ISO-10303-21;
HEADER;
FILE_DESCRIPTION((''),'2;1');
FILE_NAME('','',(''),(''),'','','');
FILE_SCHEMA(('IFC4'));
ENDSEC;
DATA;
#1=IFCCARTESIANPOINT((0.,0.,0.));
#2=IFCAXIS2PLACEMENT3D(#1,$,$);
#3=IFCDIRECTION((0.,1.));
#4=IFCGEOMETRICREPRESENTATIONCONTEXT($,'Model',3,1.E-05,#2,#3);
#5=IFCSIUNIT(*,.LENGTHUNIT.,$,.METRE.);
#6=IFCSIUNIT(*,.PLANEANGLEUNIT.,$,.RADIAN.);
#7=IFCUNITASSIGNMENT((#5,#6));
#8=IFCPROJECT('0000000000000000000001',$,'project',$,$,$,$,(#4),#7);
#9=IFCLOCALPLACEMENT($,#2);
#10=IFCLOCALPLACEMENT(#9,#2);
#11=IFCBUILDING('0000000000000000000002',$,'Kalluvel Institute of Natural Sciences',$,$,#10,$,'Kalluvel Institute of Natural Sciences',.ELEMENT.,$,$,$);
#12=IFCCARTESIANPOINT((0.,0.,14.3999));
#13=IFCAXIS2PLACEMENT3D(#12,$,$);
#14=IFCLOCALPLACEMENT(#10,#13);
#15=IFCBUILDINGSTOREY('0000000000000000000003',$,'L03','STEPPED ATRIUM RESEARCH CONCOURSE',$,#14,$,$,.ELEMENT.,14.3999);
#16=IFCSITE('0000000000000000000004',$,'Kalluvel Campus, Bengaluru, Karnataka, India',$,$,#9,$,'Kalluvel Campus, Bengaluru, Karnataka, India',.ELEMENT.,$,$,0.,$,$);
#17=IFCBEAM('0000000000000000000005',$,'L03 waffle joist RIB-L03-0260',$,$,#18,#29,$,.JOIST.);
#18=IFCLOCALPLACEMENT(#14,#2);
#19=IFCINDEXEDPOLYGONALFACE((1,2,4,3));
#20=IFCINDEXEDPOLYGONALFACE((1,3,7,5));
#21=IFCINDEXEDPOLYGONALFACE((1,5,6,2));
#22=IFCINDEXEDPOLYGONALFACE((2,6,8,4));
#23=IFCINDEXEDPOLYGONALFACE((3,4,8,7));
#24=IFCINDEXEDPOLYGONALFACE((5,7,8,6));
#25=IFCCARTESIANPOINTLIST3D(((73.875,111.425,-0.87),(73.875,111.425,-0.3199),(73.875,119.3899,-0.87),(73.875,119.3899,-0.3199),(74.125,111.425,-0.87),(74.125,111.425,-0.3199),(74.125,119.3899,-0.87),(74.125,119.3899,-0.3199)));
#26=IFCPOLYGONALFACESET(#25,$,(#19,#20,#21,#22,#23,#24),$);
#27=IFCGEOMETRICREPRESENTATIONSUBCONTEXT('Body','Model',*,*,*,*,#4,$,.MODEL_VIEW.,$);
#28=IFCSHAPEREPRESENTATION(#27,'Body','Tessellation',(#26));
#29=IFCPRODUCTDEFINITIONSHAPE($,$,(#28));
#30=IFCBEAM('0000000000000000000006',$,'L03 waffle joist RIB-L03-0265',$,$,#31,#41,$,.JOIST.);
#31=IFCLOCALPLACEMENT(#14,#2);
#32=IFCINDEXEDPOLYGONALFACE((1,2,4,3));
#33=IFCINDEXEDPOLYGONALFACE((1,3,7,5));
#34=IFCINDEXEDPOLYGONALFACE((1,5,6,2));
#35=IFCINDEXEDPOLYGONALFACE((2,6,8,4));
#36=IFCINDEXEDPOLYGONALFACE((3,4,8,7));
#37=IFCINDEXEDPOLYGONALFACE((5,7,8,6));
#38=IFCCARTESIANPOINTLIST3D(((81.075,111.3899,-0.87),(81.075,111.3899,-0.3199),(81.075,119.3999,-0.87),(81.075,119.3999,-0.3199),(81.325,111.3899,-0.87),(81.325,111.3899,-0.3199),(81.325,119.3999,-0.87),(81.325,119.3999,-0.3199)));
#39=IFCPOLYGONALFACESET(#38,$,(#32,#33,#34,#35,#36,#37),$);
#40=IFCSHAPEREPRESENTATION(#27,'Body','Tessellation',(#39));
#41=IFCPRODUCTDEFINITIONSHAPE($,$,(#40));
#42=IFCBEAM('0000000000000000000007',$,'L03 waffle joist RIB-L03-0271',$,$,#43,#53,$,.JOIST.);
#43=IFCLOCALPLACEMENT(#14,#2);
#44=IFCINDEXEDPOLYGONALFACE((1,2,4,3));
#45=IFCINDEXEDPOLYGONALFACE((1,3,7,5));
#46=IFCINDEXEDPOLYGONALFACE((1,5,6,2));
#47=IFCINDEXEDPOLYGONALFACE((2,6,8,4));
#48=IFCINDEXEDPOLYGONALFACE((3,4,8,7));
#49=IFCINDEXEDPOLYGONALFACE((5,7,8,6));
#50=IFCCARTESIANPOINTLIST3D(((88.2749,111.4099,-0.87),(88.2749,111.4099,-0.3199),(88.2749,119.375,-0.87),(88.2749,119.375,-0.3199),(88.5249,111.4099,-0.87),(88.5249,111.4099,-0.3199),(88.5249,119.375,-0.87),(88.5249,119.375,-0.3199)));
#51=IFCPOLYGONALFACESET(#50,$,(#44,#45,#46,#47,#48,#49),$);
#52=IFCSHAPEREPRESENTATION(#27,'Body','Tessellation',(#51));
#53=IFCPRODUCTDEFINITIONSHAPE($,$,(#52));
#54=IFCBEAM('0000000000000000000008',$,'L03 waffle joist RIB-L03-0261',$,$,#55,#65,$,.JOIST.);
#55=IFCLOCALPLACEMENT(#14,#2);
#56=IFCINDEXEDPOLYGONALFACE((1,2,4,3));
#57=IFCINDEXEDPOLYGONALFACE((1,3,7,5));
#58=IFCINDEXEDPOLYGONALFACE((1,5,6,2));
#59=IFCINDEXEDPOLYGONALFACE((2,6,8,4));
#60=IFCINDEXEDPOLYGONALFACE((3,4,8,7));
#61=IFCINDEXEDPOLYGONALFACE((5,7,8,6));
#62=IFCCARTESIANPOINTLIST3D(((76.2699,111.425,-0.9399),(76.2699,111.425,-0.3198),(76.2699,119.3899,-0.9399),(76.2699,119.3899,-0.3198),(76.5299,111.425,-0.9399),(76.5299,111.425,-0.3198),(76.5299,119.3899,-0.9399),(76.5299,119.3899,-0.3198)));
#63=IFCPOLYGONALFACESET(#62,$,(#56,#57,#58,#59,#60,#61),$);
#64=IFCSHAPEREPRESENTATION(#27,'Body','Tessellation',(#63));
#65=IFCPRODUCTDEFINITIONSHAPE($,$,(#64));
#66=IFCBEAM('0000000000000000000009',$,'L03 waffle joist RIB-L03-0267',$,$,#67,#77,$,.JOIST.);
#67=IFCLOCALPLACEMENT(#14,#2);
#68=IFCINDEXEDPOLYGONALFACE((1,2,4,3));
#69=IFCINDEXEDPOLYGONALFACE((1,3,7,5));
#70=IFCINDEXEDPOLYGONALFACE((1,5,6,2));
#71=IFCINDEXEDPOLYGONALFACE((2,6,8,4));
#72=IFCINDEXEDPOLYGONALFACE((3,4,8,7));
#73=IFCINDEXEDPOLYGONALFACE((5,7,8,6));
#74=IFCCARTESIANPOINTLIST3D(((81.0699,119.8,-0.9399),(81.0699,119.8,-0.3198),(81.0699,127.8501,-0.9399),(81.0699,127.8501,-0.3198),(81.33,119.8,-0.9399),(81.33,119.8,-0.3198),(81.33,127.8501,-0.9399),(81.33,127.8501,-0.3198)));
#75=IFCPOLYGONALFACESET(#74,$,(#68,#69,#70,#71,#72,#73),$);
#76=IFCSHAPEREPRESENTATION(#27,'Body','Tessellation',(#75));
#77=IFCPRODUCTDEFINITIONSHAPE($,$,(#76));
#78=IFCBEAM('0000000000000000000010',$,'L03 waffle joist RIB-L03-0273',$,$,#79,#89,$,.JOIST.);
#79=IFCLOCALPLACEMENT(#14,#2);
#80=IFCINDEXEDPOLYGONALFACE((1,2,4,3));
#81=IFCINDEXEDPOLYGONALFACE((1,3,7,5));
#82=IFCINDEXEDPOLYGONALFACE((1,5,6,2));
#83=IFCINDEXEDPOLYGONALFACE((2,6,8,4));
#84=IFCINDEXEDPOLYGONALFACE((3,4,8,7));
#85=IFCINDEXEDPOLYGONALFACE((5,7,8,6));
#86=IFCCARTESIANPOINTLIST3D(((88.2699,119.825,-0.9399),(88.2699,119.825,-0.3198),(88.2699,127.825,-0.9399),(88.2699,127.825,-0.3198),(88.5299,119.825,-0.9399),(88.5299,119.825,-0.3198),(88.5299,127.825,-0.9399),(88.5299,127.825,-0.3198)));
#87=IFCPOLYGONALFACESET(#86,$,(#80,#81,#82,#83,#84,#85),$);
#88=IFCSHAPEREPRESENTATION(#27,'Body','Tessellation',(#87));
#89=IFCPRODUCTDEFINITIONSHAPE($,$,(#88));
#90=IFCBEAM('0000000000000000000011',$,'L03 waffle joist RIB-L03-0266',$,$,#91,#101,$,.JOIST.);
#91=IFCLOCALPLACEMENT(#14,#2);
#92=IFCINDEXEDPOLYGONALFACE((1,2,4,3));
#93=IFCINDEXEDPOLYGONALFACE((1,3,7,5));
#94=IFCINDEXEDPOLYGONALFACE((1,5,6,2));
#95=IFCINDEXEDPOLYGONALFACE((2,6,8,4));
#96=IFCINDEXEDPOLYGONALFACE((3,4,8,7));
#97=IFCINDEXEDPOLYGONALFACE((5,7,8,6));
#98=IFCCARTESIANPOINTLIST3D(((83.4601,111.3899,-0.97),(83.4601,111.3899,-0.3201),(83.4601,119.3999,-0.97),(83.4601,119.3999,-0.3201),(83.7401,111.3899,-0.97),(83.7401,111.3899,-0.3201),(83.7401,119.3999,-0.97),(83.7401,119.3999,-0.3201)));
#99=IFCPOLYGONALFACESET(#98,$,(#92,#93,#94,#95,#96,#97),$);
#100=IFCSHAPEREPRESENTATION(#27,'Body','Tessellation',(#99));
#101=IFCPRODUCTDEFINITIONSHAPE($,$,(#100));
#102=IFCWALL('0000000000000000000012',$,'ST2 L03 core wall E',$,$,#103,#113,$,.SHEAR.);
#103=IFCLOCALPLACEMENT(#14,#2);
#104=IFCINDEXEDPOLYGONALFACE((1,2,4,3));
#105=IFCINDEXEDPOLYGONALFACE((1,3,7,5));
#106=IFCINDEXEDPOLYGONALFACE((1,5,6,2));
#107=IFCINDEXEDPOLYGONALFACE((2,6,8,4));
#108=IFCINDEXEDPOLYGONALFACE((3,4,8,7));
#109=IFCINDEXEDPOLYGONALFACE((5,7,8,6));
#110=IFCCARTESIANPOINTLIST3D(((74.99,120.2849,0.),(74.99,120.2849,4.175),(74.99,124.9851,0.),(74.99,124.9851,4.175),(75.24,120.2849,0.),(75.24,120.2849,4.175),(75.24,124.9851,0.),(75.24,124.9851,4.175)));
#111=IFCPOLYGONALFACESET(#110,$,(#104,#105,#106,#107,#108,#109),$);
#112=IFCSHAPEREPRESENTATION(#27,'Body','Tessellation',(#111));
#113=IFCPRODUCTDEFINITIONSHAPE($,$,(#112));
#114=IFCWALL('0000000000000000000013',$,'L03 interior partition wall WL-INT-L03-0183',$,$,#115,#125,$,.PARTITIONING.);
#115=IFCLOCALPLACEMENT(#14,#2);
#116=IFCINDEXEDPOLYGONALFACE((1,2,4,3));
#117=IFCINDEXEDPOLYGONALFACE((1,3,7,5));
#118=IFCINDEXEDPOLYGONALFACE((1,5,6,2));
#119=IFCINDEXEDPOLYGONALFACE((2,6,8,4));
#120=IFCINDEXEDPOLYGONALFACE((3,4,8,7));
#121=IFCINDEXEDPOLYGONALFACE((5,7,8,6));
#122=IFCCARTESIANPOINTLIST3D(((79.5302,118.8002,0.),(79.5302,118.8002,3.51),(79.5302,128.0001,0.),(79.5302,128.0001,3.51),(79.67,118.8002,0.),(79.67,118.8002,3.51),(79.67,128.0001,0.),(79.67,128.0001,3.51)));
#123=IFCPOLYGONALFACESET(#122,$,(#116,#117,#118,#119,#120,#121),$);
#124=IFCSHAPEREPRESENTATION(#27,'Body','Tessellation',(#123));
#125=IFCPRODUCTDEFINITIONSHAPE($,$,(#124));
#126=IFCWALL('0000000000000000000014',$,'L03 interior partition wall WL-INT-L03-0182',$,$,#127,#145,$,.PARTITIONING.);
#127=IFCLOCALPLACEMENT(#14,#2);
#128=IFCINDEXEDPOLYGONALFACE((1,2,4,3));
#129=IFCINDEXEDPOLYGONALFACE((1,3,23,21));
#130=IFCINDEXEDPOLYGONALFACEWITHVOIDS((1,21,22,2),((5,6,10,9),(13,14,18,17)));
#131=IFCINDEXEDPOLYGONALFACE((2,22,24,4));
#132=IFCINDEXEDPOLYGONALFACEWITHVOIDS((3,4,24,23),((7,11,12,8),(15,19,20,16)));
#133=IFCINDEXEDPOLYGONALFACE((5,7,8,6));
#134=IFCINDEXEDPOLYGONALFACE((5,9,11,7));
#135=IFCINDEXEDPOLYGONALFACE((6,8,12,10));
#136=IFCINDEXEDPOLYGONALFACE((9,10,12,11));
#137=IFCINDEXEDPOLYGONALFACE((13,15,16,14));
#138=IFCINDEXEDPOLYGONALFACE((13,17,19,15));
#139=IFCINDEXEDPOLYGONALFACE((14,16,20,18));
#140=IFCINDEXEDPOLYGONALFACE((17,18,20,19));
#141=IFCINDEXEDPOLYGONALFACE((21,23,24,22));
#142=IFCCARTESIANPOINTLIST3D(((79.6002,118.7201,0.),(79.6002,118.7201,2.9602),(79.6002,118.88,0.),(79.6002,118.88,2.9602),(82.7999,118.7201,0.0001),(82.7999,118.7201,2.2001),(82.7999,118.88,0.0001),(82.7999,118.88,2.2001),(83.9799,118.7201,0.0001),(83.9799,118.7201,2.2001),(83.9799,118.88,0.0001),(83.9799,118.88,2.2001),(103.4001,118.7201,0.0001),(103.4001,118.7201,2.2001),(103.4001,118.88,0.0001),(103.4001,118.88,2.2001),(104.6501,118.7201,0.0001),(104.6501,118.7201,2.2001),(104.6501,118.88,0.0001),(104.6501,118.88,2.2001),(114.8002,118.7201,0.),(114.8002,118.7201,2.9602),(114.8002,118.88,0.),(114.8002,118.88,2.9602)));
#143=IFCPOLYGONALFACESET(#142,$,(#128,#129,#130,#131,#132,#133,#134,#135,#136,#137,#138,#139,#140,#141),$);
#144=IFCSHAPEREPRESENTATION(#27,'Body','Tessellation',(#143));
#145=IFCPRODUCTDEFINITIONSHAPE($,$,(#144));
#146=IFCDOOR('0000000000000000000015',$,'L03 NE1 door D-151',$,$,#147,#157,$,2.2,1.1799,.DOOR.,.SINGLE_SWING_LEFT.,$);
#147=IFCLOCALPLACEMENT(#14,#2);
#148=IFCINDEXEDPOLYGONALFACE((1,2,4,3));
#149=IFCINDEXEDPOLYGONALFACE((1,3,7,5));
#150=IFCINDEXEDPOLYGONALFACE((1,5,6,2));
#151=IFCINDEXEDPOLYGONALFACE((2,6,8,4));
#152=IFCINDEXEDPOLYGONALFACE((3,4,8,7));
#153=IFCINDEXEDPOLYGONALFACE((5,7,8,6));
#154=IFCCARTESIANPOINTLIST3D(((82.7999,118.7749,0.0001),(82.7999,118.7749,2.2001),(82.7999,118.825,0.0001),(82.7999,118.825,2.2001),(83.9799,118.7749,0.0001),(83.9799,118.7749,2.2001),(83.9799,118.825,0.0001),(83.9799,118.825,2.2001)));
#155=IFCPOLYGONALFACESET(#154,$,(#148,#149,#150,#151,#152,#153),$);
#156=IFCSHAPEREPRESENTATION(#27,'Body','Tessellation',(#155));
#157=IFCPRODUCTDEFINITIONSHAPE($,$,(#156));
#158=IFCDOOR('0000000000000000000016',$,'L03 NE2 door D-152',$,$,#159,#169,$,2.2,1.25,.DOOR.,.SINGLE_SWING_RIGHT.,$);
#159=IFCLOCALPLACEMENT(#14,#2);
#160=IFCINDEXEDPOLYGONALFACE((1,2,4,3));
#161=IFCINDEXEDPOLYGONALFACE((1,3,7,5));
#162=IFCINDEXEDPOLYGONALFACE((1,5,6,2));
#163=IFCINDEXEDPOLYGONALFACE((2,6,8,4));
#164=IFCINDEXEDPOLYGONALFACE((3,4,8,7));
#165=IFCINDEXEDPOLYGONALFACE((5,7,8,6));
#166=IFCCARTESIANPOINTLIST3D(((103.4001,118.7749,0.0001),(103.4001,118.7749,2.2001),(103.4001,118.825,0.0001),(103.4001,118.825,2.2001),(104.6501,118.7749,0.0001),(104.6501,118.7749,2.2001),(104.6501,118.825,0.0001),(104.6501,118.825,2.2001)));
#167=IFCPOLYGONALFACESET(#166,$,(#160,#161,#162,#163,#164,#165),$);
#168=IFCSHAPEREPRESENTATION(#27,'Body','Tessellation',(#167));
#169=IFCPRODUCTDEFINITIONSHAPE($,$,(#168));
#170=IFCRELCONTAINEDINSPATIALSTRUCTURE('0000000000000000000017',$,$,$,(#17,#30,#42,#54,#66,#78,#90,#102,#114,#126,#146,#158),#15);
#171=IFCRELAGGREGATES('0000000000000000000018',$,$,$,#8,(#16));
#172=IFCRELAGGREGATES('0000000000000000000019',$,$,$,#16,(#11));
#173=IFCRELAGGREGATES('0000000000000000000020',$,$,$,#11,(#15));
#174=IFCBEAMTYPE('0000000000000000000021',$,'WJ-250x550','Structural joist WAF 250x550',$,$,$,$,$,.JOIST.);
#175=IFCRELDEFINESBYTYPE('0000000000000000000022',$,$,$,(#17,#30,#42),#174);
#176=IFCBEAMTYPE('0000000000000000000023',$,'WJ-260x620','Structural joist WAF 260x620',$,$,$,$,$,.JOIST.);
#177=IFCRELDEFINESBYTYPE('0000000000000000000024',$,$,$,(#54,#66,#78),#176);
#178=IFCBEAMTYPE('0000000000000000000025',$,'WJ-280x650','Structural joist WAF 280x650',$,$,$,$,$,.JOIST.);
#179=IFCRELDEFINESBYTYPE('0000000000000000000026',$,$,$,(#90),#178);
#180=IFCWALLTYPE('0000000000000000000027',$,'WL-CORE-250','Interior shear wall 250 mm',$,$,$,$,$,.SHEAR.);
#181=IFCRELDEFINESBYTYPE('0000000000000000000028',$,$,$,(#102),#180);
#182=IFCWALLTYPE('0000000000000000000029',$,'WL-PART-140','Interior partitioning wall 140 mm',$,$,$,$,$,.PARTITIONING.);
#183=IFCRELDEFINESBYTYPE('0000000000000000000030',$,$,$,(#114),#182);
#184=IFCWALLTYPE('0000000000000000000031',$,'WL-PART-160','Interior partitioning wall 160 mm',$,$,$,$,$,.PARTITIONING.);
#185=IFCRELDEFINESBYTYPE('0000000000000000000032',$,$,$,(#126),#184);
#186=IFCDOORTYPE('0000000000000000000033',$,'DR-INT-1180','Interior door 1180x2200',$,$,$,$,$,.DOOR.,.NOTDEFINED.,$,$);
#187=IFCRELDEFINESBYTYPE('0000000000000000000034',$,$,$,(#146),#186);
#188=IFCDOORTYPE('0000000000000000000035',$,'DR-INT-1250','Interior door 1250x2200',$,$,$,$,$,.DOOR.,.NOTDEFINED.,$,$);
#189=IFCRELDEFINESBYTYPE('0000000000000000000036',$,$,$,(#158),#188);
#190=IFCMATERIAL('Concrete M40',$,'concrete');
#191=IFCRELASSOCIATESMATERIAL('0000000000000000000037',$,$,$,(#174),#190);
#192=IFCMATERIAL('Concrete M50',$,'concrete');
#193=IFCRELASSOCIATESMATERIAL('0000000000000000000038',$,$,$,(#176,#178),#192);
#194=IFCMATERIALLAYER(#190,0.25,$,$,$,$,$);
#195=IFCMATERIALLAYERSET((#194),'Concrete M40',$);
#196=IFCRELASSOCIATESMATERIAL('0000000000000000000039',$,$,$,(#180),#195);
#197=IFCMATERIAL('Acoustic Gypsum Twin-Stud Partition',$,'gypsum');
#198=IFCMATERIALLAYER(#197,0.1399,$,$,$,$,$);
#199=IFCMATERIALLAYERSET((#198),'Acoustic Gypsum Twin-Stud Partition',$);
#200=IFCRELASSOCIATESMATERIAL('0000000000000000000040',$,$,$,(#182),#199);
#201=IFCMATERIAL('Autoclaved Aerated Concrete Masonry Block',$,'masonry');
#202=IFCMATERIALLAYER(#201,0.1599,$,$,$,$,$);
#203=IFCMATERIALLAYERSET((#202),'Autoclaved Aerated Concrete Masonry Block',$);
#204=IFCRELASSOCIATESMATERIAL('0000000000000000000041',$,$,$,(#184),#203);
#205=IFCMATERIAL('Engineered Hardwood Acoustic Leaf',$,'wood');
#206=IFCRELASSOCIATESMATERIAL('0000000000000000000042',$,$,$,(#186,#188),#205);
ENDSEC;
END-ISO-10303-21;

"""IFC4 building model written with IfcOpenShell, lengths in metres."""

from ifc_helpers import new_model, si_unit, direction, frame, frame_2d, origin, origin_2d, place, context, subcontext, project, spatial, rectangle, extrude, material, layer, layer_set, material_profile, profile_set, type_object, element, fill, save


model = new_model("IFC4")

# Units and contexts
model_context = context("Model", 3, precision=1e-05, world=origin(), true_north=direction((0.0, 1.0)))
body_context = subcontext(model_context, "Body", "Model", "MODEL_VIEW")
ifc_project = project(units=[si_unit("LENGTHUNIT", "METRE"), si_unit("PLANEANGLEUNIT", "RADIAN")], contexts=[model_context])

# Site, building, storey
site_placement = place(None, origin())
site = spatial("IfcSite", under=ifc_project, at=site_placement, Name="Kalluvel Campus, Bengaluru, Karnataka, India", LongName="Kalluvel Campus, Bengaluru, Karnataka, India", CompositionType="ELEMENT", RefElevation=0.0)
building_placement = place(site_placement, origin())
building = spatial("IfcBuilding", under=site, at=building_placement, Name="Kalluvel Institute of Natural Sciences", LongName="Kalluvel Institute of Natural Sciences", CompositionType="ELEMENT")
storey_placement = place(building_placement, frame((0.0, 0.0, 14.3999)))
storey = spatial("IfcBuildingStorey", under=building, at=storey_placement, Name="L03", Description="STEPPED ATRIUM RESEARCH CONCOURSE", CompositionType="ELEMENT", Elevation=14.3999)

# Shared definitions
ifc_material_1 = material(Name="Concrete M50", Category="concrete")

# Beams
ifc_material_2 = material(Name="Concrete M40", Category="concrete")
ifc_material_profile_1 = material_profile(ifc_material_2, rectangle(XDim=0.25, YDim=0.55, at=origin_2d()), Name="WAF 250x550")
ifc_profile_set_1 = profile_set([ifc_material_profile_1], Name="Concrete M40")
beam_type_1 = type_object("IfcBeamType", Name="WJ-250x550", Description="Structural joist WAF 250x550", PredefinedType="JOIST", material=ifc_profile_set_1)
beam_1_placement = place(storey_placement, frame((74.0, 111.425, -0.595), z_axis=(0.0, 1.0, 0.0), x_axis=(-1.0, 0.0, 0.0)))
element("IfcBeam", 1, at=beam_1_placement, inside=storey, type_object=beam_type_1, Name="L03 waffle joist RIB-L03-0260", PredefinedType="JOIST", context=body_context, shape_type="SweptSolid", body=[
    extrude(rectangle(XDim=0.25, YDim=0.55, at=origin_2d()), origin(), (0.0, 0.0, 1.0), 7.9648),
])
beam_2_placement = place(storey_placement, frame((81.2, 111.3899, -0.595), z_axis=(0.0, 1.0, 0.0), x_axis=(-1.0, 0.0, 0.0)))
element("IfcBeam", 2, at=beam_2_placement, inside=storey, type_object=beam_type_1, Name="L03 waffle joist RIB-L03-0265", PredefinedType="JOIST", context=body_context, shape_type="SweptSolid", body=[
    extrude(rectangle(XDim=0.25, YDim=0.55, at=origin_2d()), origin(), (0.0, 0.0, 1.0), 8.01),
])
beam_3_placement = place(storey_placement, frame((88.3999, 111.4099, -0.595), z_axis=(0.0, 1.0, 0.0), x_axis=(-1.0, 0.0, 0.0)))
element("IfcBeam", 3, at=beam_3_placement, inside=storey, type_object=beam_type_1, Name="L03 waffle joist RIB-L03-0271", PredefinedType="JOIST", context=body_context, shape_type="SweptSolid", body=[
    extrude(rectangle(XDim=0.25, YDim=0.55, at=origin_2d()), origin(), (0.0, 0.0, 1.0), 7.9651),
])
ifc_material_profile_2 = material_profile(ifc_material_1, rectangle(XDim=0.26, YDim=0.6201, at=origin_2d()), Name="WAF 260x620")
ifc_profile_set_2 = profile_set([ifc_material_profile_2], Name="Concrete M50")
beam_type_2 = type_object("IfcBeamType", Name="WJ-260x620", Description="Structural joist WAF 260x620", PredefinedType="JOIST", material=ifc_profile_set_2)
beam_4_placement = place(storey_placement, frame((76.3999, 111.425, -0.6299), z_axis=(0.0, 1.0, 0.0), x_axis=(-1.0, 0.0, 0.0)))
element("IfcBeam", 4, at=beam_4_placement, inside=storey, type_object=beam_type_2, Name="L03 waffle joist RIB-L03-0261", PredefinedType="JOIST", context=body_context, shape_type="SweptSolid", body=[
    extrude(rectangle(XDim=0.26, YDim=0.6201, at=origin_2d()), origin(), (0.0, 0.0, 1.0), 7.9648),
])
beam_5_placement = place(storey_placement, frame((81.2, 119.8, -0.6299), z_axis=(0.0, 1.0, 0.0), x_axis=(-1.0, 0.0, 0.0)))
element("IfcBeam", 5, at=beam_5_placement, inside=storey, type_object=beam_type_2, Name="L03 waffle joist RIB-L03-0267", PredefinedType="JOIST", context=body_context, shape_type="SweptSolid", body=[
    extrude(rectangle(XDim=0.26, YDim=0.6201, at=origin_2d()), origin(), (0.0, 0.0, 1.0), 8.05),
])
beam_6_placement = place(storey_placement, frame((88.3999, 119.825, -0.6299), z_axis=(0.0, 1.0, 0.0), x_axis=(-1.0, 0.0, 0.0)))
element("IfcBeam", 6, at=beam_6_placement, inside=storey, type_object=beam_type_2, Name="L03 waffle joist RIB-L03-0273", PredefinedType="JOIST", context=body_context, shape_type="SweptSolid", body=[
    extrude(rectangle(XDim=0.26, YDim=0.6201, at=origin_2d()), origin(), (0.0, 0.0, 1.0), 8.0),
])
ifc_material_profile_3 = material_profile(ifc_material_1, rectangle(XDim=0.28, YDim=0.6499, at=origin_2d()), Name="WAF 280x650")
ifc_profile_set_3 = profile_set([ifc_material_profile_3], Name="Concrete M50")
beam_type_3 = type_object("IfcBeamType", Name="WJ-280x650", Description="Structural joist WAF 280x650", PredefinedType="JOIST", material=ifc_profile_set_3)
beam_7_placement = place(storey_placement, frame((83.6001, 111.3899, -0.645), z_axis=(0.0, 1.0, 0.0), x_axis=(-1.0, 0.0, 0.0)))
element("IfcBeam", 7, at=beam_7_placement, inside=storey, type_object=beam_type_3, Name="L03 waffle joist RIB-L03-0266", PredefinedType="JOIST", context=body_context, shape_type="SweptSolid", body=[
    extrude(rectangle(XDim=0.28, YDim=0.6499, at=origin_2d()), origin(), (0.0, 0.0, 1.0), 8.01),
])

# Walls
ifc_layer_1 = layer(ifc_material_2, 0.25)
ifc_layer_set_1 = layer_set([ifc_layer_1], Name="Concrete M40")
wall_type_1 = type_object("IfcWallType", Name="WL-CORE-250", Description="Interior shear wall 250 mm", PredefinedType="SHEAR", material=ifc_layer_set_1)
wall_1_placement = place(storey_placement, frame((75.115, 120.2849, 0.0), z_axis=(0.0, 0.0, 1.0), x_axis=(0.0, 1.0, 0.0)))
element("IfcWall", 8, at=wall_1_placement, inside=storey, type_object=wall_type_1, Name="ST2 L03 core wall E", PredefinedType="SHEAR", context=body_context, shape_type="SweptSolid", body=[
    extrude(rectangle(XDim=4.7002, YDim=0.25, at=frame_2d((2.3501, 0.0))), origin(), (0.0, 0.0, 1.0), 4.175),
])
ifc_material_3 = material(Name="Acoustic Gypsum Twin-Stud Partition", Category="gypsum")
ifc_layer_2 = layer(ifc_material_3, 0.1399)
ifc_layer_set_2 = layer_set([ifc_layer_2], Name="Acoustic Gypsum Twin-Stud Partition")
wall_type_2 = type_object("IfcWallType", Name="WL-PART-140", Description="Interior partitioning wall 140 mm", PredefinedType="PARTITIONING", material=ifc_layer_set_2)
wall_2_placement = place(storey_placement, frame((79.6001, 118.8, 0.0), z_axis=(0.0, 0.0, 1.0), x_axis=(0.0, 1.0, 0.0)))
element("IfcWall", 9, at=wall_2_placement, inside=storey, type_object=wall_type_2, Name="L03 interior partition wall WL-INT-L03-0183", PredefinedType="PARTITIONING", context=body_context, shape_type="SweptSolid", body=[
    extrude(rectangle(XDim=9.2, YDim=0.1399, at=frame_2d((4.6001, 0.0))), origin(), (0.0, 0.0, 1.0), 3.51),
])

# Wall, openings, doors
ifc_material_4 = material(Name="Autoclaved Aerated Concrete Masonry Block", Category="masonry")
ifc_layer_3 = layer(ifc_material_4, 0.1599)
ifc_layer_set_3 = layer_set([ifc_layer_3], Name="Autoclaved Aerated Concrete Masonry Block")
wall_type_3 = type_object("IfcWallType", Name="WL-PART-160", Description="Interior partitioning wall 160 mm", PredefinedType="PARTITIONING", material=ifc_layer_set_3)
wall_3_placement = place(storey_placement, frame((79.6001, 118.8, 0.0), z_axis=(0.0, 0.0, 1.0), x_axis=(1.0, 0.0, 0.0)))
wall_3 = element("IfcWall", 10, at=wall_3_placement, inside=storey, type_object=wall_type_3, Name="L03 interior partition wall WL-INT-L03-0182", PredefinedType="PARTITIONING", context=body_context, shape_type="SweptSolid", body=[
    extrude(rectangle(XDim=35.2, YDim=0.1599, at=frame_2d((17.6001, 0.0))), origin(), (0.0, 0.0, 1.0), 2.9602),
])
opening_1_placement = place(wall_3_placement, frame((3.2, 0.0, 0.0)))
opening_1 = element("IfcOpeningElement", 11, at=opening_1_placement, cuts=wall_3, PredefinedType="OPENING", context=body_context, shape_type="SweptSolid", body=[
    extrude(rectangle(XDim=1.1799, YDim=2.2, at=frame_2d((0.5898, 1.1001))), frame((0.0, 0.0898, 0.0), z_axis=(0.0, -1.0, 0.0), x_axis=(1.0, 0.0, 0.0)), (0.0, 0.0, 1.0), 0.1799),
])
opening_2_placement = place(wall_3_placement, frame((23.8, 0.0, 0.0)))
opening_2 = element("IfcOpeningElement", 12, at=opening_2_placement, cuts=wall_3, PredefinedType="OPENING", context=body_context, shape_type="SweptSolid", body=[
    extrude(rectangle(XDim=1.25, YDim=2.2, at=frame_2d((0.625, 1.1001))), frame((0.0, 0.0898, 0.0), z_axis=(0.0, -1.0, 0.0), x_axis=(1.0, 0.0, 0.0)), (0.0, 0.0, 1.0), 0.1799),
])
ifc_material_5 = material(Name="Engineered Hardwood Acoustic Leaf", Category="wood")
door_type_1 = type_object("IfcDoorType", Name="DR-INT-1180", Description="Interior door 1180x2200", OperationType="NOTDEFINED", PredefinedType="DOOR", material=ifc_material_5)
door_1_placement = place(opening_1_placement, origin())
door_1 = element("IfcDoor", 13, at=door_1_placement, inside=storey, type_object=door_type_1, Name="L03 NE1 door D-151", OperationType="SINGLE_SWING_LEFT", OverallHeight=2.2, OverallWidth=1.1799, PredefinedType="DOOR", context=body_context, shape_type="SweptSolid", body=[
    extrude(rectangle(XDim=1.1799, YDim=2.2, at=frame_2d((0.5898, 1.1001))), frame((0.0, 0.0249, 0.0), z_axis=(0.0, -1.0, 0.0), x_axis=(1.0, 0.0, 0.0)), (0.0, 0.0, 1.0), 0.05),
])
fill(opening_1, door_1)
door_type_2 = type_object("IfcDoorType", Name="DR-INT-1250", Description="Interior door 1250x2200", OperationType="NOTDEFINED", PredefinedType="DOOR", material=ifc_material_5)
door_2_placement = place(opening_2_placement, origin())
door_2 = element("IfcDoor", 14, at=door_2_placement, inside=storey, type_object=door_type_2, Name="L03 NE2 door D-152", OperationType="SINGLE_SWING_RIGHT", OverallHeight=2.2, OverallWidth=1.25, PredefinedType="DOOR", context=body_context, shape_type="SweptSolid", body=[
    extrude(rectangle(XDim=1.25, YDim=2.2, at=frame_2d((0.625, 1.1001))), frame((0.0, 0.0249, 0.0), z_axis=(0.0, -1.0, 0.0), x_axis=(1.0, 0.0, 0.0)), (0.0, 0.0, 1.0), 0.05),
])
fill(opening_2, door_2)

save(model, "model.ifc")
